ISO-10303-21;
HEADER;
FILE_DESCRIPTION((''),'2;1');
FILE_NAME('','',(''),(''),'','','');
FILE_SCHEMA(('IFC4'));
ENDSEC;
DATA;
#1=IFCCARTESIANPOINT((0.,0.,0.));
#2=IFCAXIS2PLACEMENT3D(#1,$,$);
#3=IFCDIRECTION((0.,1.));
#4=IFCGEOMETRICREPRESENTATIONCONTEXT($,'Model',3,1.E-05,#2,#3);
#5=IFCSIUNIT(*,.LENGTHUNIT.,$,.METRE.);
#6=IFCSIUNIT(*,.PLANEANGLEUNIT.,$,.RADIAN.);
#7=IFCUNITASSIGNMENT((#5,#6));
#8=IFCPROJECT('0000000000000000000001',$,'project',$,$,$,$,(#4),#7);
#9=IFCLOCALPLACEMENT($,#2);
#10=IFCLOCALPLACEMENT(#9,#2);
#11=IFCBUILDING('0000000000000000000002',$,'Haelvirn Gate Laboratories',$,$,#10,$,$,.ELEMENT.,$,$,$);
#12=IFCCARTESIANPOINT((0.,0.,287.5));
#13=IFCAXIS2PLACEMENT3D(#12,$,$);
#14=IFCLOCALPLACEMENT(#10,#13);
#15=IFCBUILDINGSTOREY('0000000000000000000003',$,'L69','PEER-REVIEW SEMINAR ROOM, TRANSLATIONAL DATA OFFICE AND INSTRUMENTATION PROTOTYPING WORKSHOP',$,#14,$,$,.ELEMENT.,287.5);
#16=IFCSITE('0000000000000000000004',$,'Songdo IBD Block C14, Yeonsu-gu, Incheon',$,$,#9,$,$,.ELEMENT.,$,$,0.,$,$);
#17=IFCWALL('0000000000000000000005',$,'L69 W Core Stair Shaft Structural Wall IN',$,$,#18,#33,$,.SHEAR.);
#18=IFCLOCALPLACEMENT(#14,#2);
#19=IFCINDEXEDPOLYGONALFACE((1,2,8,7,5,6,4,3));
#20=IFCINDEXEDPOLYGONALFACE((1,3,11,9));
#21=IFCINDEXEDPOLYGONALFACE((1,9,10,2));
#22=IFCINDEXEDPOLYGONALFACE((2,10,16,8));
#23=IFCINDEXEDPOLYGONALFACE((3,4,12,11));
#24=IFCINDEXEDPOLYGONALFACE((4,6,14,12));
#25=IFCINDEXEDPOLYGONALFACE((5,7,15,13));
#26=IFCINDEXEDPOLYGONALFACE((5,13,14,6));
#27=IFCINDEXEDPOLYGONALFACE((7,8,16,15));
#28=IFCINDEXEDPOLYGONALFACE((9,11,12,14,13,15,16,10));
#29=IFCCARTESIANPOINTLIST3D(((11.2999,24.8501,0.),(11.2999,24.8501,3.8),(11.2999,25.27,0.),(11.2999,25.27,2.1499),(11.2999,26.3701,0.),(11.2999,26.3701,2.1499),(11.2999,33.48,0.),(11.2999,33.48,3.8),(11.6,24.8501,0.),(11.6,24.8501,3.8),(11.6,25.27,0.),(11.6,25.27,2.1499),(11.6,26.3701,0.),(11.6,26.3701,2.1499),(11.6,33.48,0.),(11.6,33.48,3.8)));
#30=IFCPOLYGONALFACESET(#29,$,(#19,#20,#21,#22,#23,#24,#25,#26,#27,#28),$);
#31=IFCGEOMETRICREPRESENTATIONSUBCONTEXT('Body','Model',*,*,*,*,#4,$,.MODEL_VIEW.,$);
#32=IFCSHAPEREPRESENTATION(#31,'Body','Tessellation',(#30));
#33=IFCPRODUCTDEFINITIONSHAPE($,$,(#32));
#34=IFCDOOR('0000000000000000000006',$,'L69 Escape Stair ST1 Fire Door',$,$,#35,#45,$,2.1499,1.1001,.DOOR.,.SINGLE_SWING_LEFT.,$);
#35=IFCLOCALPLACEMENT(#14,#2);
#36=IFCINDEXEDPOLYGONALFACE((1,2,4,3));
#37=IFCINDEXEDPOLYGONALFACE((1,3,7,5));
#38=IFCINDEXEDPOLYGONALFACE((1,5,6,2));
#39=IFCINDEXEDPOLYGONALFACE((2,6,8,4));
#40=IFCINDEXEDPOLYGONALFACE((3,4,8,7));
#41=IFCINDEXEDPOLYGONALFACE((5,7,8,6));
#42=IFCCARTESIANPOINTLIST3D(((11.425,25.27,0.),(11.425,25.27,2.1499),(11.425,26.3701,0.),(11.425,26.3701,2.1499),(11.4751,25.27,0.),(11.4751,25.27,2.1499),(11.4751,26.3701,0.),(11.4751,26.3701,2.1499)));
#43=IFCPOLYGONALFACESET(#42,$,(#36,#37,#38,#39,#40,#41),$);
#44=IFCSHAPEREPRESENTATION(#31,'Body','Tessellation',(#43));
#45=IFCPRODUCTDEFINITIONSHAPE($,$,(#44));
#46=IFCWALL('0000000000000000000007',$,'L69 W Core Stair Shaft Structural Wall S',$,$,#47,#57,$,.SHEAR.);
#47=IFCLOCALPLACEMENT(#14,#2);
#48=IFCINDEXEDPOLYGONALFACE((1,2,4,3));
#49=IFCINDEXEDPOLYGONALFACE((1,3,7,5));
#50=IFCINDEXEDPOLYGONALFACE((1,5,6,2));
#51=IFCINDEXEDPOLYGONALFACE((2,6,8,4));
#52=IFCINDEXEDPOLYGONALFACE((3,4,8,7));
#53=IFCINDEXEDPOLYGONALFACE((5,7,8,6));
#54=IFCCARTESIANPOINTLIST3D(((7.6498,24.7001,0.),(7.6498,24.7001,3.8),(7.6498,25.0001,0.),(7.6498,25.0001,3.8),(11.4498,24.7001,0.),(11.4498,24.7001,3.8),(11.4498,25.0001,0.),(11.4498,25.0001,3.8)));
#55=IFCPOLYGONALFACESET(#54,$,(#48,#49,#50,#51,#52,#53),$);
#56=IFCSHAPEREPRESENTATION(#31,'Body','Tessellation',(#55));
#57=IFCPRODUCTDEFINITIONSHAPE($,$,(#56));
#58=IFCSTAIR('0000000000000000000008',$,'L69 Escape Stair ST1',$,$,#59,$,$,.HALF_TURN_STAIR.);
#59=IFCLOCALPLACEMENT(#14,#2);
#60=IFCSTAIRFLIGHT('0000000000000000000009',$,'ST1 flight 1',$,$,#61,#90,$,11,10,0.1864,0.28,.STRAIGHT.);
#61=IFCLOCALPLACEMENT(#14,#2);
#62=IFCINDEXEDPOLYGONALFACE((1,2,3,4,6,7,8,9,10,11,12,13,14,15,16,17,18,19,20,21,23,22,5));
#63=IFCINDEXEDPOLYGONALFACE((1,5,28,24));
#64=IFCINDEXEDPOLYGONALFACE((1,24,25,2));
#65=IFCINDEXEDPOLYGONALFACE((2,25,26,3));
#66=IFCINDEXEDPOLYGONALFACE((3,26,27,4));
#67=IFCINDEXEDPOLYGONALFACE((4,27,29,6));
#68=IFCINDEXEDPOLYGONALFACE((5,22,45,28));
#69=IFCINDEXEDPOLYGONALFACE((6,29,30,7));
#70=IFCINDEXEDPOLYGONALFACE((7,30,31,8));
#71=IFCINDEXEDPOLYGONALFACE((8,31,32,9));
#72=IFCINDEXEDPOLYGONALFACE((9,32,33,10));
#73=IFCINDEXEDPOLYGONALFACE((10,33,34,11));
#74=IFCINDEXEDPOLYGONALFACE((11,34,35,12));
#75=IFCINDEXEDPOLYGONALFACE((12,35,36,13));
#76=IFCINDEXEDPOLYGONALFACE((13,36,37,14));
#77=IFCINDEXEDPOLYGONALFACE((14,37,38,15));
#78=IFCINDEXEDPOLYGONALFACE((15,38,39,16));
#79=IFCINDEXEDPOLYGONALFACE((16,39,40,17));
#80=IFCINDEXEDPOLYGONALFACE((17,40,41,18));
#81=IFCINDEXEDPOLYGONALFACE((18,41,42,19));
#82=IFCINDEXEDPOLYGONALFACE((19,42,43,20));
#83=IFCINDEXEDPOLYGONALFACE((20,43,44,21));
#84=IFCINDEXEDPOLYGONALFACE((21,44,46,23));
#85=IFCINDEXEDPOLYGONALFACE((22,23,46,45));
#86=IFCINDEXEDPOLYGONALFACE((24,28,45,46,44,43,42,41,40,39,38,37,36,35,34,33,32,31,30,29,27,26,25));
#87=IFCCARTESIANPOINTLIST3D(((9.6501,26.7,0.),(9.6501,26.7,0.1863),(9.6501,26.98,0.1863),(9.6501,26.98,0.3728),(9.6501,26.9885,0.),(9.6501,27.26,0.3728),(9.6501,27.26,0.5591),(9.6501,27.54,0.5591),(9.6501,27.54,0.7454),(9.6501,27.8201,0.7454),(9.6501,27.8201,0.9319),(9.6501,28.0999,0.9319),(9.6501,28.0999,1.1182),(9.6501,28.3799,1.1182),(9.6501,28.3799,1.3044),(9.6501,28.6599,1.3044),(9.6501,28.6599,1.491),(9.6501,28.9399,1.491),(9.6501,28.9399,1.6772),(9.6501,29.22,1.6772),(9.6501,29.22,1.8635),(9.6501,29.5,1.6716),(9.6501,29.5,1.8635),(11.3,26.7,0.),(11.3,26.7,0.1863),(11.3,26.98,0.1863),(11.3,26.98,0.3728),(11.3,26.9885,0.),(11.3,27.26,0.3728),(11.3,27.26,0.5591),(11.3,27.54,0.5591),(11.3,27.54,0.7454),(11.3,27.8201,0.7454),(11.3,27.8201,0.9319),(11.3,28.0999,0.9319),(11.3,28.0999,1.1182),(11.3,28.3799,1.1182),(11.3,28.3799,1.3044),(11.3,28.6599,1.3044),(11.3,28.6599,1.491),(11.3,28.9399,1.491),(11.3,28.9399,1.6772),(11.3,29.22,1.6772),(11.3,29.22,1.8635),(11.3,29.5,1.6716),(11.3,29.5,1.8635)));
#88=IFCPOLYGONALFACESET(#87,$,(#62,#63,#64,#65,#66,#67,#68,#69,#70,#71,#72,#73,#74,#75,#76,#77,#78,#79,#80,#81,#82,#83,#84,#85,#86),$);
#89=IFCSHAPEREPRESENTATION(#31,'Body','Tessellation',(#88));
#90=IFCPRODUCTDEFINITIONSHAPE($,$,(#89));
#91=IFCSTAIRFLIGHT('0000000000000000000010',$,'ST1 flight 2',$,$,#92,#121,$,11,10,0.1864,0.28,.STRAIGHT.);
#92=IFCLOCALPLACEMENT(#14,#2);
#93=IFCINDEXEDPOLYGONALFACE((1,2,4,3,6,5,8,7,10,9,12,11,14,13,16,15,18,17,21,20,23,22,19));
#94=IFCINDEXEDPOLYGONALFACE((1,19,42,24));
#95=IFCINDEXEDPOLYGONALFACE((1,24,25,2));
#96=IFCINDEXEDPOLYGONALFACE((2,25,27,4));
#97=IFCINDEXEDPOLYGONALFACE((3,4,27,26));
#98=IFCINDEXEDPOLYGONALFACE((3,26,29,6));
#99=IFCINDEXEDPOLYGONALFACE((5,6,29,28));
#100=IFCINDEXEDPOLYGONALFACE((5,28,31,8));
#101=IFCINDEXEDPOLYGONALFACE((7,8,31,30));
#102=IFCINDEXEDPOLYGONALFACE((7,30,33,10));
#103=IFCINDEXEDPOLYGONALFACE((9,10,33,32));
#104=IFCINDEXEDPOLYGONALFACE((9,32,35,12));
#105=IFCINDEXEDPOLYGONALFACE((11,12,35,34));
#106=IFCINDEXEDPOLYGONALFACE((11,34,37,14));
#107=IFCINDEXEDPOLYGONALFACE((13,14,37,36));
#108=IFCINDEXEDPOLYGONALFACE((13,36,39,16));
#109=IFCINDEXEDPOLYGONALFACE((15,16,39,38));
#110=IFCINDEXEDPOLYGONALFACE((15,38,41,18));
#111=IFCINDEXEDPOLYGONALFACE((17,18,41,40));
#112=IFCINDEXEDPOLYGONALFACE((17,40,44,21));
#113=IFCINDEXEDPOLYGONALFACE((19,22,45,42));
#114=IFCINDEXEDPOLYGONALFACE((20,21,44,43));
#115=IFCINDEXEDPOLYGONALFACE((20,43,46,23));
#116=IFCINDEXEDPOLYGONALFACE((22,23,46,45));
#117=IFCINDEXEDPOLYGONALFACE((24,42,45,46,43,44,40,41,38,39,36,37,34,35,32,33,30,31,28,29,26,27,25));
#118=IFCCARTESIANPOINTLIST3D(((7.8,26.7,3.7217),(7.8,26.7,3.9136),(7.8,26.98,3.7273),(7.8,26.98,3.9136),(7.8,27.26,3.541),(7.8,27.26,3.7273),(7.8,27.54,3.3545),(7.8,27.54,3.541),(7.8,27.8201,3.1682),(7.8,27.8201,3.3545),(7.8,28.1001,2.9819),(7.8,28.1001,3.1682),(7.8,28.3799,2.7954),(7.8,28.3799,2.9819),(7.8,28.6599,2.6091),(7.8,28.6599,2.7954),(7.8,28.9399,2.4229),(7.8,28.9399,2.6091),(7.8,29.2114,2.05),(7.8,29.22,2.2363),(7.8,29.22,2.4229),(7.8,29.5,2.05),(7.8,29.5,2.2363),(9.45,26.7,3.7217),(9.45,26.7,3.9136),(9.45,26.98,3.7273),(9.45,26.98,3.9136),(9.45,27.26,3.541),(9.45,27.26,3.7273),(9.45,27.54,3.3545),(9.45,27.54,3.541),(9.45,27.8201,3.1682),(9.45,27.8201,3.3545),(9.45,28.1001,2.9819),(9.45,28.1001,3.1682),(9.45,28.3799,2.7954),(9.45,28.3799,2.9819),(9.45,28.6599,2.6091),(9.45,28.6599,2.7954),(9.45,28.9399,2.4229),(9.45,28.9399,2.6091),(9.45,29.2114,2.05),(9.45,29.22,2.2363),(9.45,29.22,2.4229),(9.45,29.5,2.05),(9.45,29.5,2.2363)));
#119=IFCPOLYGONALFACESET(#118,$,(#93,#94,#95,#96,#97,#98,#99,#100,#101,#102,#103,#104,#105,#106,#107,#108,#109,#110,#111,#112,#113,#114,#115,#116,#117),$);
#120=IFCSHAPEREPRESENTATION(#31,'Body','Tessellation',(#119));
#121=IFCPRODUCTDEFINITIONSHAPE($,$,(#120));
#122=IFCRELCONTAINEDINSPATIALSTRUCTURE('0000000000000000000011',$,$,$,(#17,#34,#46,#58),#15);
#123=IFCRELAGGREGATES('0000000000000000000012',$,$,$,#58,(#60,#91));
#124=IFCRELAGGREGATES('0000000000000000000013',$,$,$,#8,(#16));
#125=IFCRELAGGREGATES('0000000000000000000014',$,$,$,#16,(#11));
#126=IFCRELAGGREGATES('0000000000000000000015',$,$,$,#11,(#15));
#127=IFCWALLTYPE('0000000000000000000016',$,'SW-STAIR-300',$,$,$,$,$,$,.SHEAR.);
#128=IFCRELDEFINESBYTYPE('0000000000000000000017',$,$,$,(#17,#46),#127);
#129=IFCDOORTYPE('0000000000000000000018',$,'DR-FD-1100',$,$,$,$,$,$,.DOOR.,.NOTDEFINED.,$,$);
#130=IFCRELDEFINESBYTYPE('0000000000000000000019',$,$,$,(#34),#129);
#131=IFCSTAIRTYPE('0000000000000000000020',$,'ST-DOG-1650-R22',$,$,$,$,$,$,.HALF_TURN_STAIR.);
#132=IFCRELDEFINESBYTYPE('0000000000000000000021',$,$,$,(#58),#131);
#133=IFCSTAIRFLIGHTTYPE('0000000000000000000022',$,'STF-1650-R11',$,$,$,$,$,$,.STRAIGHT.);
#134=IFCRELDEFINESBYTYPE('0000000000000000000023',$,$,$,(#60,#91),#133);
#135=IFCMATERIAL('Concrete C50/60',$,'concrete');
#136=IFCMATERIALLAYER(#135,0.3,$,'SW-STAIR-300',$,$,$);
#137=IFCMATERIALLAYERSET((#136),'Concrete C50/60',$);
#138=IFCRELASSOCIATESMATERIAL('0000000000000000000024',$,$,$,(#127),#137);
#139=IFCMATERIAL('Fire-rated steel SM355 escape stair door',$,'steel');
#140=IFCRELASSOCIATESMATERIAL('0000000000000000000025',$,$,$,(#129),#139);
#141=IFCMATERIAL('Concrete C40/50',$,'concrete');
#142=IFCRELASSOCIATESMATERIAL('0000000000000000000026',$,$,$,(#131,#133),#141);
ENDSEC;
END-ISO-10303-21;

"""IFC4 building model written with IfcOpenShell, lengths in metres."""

from ifc_helpers import new_model, si_unit, direction, frame, frame_2d, origin, place, context, subcontext, project, spatial, polyline, rectangle, outline, extrude, source, transform, mapped, material, layer, layer_set, type_object, type_shapes, element, fill, aggregate, save


model = new_model("IFC4")

# Units and contexts
model_context = context("Model", 3, precision=1e-05, world=origin(), true_north=direction((0.0, 1.0)))
body_context = subcontext(model_context, "Body", "Model", "MODEL_VIEW")
ifc_project = project(units=[si_unit("LENGTHUNIT", "METRE"), si_unit("PLANEANGLEUNIT", "RADIAN")], contexts=[model_context])

# Site, building, storey
site_placement = place(None, origin())
site = spatial("IfcSite", under=ifc_project, at=site_placement, Name="Songdo IBD Block C14, Yeonsu-gu, Incheon", CompositionType="ELEMENT", RefElevation=0.0)
building_placement = place(site_placement, origin())
building = spatial("IfcBuilding", under=site, at=building_placement, Name="Haelvirn Gate Laboratories", CompositionType="ELEMENT")
storey_placement = place(building_placement, frame((0.0, 0.0, 287.5)))
storey = spatial("IfcBuildingStorey", under=building, at=storey_placement, Name="L69", Description="PEER-REVIEW SEMINAR ROOM, TRANSLATIONAL DATA OFFICE AND INSTRUMENTATION PROTOTYPING WORKSHOP", CompositionType="ELEMENT", Elevation=287.5)

# Shared definitions
ifc_material_1 = material(Name="Concrete C50/60", Category="concrete")

# Shared definitions
ifc_material_2 = material(Name="Concrete C40/50", Category="concrete")

# Wall, opening, door
ifc_layer_1 = layer(ifc_material_1, 0.3, Name="SW-STAIR-300")
ifc_layer_set_1 = layer_set([ifc_layer_1], Name="Concrete C50/60")
wall_type_1 = type_object("IfcWallType", Name="SW-STAIR-300", PredefinedType="SHEAR", material=ifc_layer_set_1)
wall_1_placement = place(storey_placement, frame((11.45, 24.8501, 0.0), z_axis=(0.0, 0.0, 1.0), x_axis=(0.0, 1.0, 0.0)))
wall_1 = element("IfcWall", 1, at=wall_1_placement, inside=storey, type_object=wall_type_1, Name="L69 W Core Stair Shaft Structural Wall IN", PredefinedType="SHEAR", context=body_context, shape_type="SweptSolid", body=[
    extrude(rectangle(XDim=8.6299, YDim=0.3, at=frame_2d((4.3149, 0.0))), origin(), (0.0, 0.0, 1.0), 3.8),
])
opening_1_placement = place(wall_1_placement, frame((0.4199, 0.0, 0.0)))
opening_1 = element("IfcOpeningElement", 2, at=opening_1_placement, cuts=wall_1, PredefinedType="OPENING", context=body_context, shape_type="SweptSolid", body=[
    extrude(rectangle(XDim=1.1001, YDim=2.1499, at=frame_2d((0.55, 1.075))), frame((0.0, 0.1602, 0.0), z_axis=(0.0, -1.0, 0.0), x_axis=(1.0, 0.0, 0.0)), (0.0, 0.0, 1.0), 0.3201),
])
ifc_material_3 = material(Name="Fire-rated steel SM355 escape stair door", Category="steel")
door_type_1 = type_object("IfcDoorType", Name="DR-FD-1100", OperationType="NOTDEFINED", PredefinedType="DOOR", material=ifc_material_3)
shared_shape_1 = source(origin(), body_context, "Body", "SweptSolid", [
    extrude(rectangle(XDim=1.1001, YDim=2.1499, at=frame_2d((0.55, 1.075))), frame((0.0, 0.0249, 0.0), z_axis=(0.0, -1.0, 0.0), x_axis=(1.0, 0.0, 0.0)), (0.0, 0.0, 1.0), 0.05),
])
type_shapes(door_type_1, [shared_shape_1])
door_1_placement = place(opening_1_placement, origin())
door_1 = element("IfcDoor", 3, at=door_1_placement, inside=storey, type_object=door_type_1, Name="L69 Escape Stair ST1 Fire Door", OperationType="SINGLE_SWING_LEFT", OverallHeight=2.1499, OverallWidth=1.1001, PredefinedType="DOOR", context=body_context, shape_type="MappedRepresentation", body=[
    mapped(shared_shape_1, transform((0.0, 0.0, 0.0), scale=1.0)),
])
fill(opening_1, door_1)

# Wall
wall_2_placement = place(storey_placement, frame((7.6499, 24.8501, 0.0), z_axis=(0.0, 0.0, 1.0), x_axis=(1.0, 0.0, 0.0)))
element("IfcWall", 4, at=wall_2_placement, inside=storey, type_object=wall_type_1, Name="L69 W Core Stair Shaft Structural Wall S", PredefinedType="SHEAR", context=body_context, shape_type="SweptSolid", body=[
    extrude(rectangle(XDim=3.8, YDim=0.3, at=frame_2d((1.8999, 0.0))), origin(), (0.0, 0.0, 1.0), 3.8),
])

# Stair, stair flights
stair_type = type_object("IfcStairType", Name="ST-DOG-1650-R22", PredefinedType="HALF_TURN_STAIR", material=ifc_material_2)
stair_placement = place(storey_placement, origin())
stair = element("IfcStair", 5, at=stair_placement, inside=storey, type_object=stair_type, Name="L69 Escape Stair ST1", PredefinedType="HALF_TURN_STAIR")
stair_flight_type = type_object("IfcStairFlightType", Name="STF-1650-R11", PredefinedType="STRAIGHT", material=ifc_material_2)
shared_shape_2 = source(origin(), body_context, "Body", "SweptSolid", [
    extrude(outline(polyline([(0.0, 0.0), (0.0, 0.1863), (0.28, 0.1863), (0.28, 0.3728), (0.5601, 0.3728), (0.5601, 0.5591), (0.8401, 0.5591), (0.8401, 0.7454), (1.1201, 0.7454), (1.1201, 0.9319), (1.3999, 0.9319), (1.3999, 1.1182), (1.6799, 1.1182), (1.6799, 1.3044), (1.96, 1.3044), (1.96, 1.491), (2.24, 1.491), (2.24, 1.6772), (2.52, 1.6772), (2.52, 1.8635), (2.8, 1.8635), (2.8, 2.05), (2.8, 1.6716), (0.2886, 0.0), (0.0, 0.0)])), frame((0.0, 0.825, 0.0), z_axis=(0.0, -1.0, 0.0), x_axis=(1.0, 0.0, 0.0)), (0.0, 0.0, 1.0), 1.6499),
])
type_shapes(stair_flight_type, [shared_shape_2])
stair_flight_1_placement = place(storey_placement, frame((10.4751, 26.7, 0.0), z_axis=(0.0, 0.0, 1.0), x_axis=(0.0, 1.0, 0.0)))
stair_flight_1 = element("IfcStairFlight", 6, at=stair_flight_1_placement, type_object=stair_flight_type, Name="ST1 flight 1", NumberOfRisers=11, NumberOfTreads=10, PredefinedType="STRAIGHT", RiserHeight=0.1864, TreadLength=0.28, context=body_context, shape_type="MappedRepresentation", body=[
    mapped(shared_shape_2, transform((0.0, 0.0, 0.0), scale=1.0)),
])
stair_flight_2_placement = place(storey_placement, frame((8.625, 29.5, 2.05), z_axis=(0.0, 0.0, 1.0), x_axis=(0.0, -1.0, 0.0)))
stair_flight_2 = element("IfcStairFlight", 7, at=stair_flight_2_placement, type_object=stair_flight_type, Name="ST1 flight 2", NumberOfRisers=11, NumberOfTreads=10, PredefinedType="STRAIGHT", RiserHeight=0.1864, TreadLength=0.28, context=body_context, shape_type="MappedRepresentation", body=[
    mapped(shared_shape_2, transform((0.0, 0.0, 0.0), scale=1.0)),
])
aggregate(stair, [stair_flight_1, stair_flight_2])

save(model, "model.ifc")
